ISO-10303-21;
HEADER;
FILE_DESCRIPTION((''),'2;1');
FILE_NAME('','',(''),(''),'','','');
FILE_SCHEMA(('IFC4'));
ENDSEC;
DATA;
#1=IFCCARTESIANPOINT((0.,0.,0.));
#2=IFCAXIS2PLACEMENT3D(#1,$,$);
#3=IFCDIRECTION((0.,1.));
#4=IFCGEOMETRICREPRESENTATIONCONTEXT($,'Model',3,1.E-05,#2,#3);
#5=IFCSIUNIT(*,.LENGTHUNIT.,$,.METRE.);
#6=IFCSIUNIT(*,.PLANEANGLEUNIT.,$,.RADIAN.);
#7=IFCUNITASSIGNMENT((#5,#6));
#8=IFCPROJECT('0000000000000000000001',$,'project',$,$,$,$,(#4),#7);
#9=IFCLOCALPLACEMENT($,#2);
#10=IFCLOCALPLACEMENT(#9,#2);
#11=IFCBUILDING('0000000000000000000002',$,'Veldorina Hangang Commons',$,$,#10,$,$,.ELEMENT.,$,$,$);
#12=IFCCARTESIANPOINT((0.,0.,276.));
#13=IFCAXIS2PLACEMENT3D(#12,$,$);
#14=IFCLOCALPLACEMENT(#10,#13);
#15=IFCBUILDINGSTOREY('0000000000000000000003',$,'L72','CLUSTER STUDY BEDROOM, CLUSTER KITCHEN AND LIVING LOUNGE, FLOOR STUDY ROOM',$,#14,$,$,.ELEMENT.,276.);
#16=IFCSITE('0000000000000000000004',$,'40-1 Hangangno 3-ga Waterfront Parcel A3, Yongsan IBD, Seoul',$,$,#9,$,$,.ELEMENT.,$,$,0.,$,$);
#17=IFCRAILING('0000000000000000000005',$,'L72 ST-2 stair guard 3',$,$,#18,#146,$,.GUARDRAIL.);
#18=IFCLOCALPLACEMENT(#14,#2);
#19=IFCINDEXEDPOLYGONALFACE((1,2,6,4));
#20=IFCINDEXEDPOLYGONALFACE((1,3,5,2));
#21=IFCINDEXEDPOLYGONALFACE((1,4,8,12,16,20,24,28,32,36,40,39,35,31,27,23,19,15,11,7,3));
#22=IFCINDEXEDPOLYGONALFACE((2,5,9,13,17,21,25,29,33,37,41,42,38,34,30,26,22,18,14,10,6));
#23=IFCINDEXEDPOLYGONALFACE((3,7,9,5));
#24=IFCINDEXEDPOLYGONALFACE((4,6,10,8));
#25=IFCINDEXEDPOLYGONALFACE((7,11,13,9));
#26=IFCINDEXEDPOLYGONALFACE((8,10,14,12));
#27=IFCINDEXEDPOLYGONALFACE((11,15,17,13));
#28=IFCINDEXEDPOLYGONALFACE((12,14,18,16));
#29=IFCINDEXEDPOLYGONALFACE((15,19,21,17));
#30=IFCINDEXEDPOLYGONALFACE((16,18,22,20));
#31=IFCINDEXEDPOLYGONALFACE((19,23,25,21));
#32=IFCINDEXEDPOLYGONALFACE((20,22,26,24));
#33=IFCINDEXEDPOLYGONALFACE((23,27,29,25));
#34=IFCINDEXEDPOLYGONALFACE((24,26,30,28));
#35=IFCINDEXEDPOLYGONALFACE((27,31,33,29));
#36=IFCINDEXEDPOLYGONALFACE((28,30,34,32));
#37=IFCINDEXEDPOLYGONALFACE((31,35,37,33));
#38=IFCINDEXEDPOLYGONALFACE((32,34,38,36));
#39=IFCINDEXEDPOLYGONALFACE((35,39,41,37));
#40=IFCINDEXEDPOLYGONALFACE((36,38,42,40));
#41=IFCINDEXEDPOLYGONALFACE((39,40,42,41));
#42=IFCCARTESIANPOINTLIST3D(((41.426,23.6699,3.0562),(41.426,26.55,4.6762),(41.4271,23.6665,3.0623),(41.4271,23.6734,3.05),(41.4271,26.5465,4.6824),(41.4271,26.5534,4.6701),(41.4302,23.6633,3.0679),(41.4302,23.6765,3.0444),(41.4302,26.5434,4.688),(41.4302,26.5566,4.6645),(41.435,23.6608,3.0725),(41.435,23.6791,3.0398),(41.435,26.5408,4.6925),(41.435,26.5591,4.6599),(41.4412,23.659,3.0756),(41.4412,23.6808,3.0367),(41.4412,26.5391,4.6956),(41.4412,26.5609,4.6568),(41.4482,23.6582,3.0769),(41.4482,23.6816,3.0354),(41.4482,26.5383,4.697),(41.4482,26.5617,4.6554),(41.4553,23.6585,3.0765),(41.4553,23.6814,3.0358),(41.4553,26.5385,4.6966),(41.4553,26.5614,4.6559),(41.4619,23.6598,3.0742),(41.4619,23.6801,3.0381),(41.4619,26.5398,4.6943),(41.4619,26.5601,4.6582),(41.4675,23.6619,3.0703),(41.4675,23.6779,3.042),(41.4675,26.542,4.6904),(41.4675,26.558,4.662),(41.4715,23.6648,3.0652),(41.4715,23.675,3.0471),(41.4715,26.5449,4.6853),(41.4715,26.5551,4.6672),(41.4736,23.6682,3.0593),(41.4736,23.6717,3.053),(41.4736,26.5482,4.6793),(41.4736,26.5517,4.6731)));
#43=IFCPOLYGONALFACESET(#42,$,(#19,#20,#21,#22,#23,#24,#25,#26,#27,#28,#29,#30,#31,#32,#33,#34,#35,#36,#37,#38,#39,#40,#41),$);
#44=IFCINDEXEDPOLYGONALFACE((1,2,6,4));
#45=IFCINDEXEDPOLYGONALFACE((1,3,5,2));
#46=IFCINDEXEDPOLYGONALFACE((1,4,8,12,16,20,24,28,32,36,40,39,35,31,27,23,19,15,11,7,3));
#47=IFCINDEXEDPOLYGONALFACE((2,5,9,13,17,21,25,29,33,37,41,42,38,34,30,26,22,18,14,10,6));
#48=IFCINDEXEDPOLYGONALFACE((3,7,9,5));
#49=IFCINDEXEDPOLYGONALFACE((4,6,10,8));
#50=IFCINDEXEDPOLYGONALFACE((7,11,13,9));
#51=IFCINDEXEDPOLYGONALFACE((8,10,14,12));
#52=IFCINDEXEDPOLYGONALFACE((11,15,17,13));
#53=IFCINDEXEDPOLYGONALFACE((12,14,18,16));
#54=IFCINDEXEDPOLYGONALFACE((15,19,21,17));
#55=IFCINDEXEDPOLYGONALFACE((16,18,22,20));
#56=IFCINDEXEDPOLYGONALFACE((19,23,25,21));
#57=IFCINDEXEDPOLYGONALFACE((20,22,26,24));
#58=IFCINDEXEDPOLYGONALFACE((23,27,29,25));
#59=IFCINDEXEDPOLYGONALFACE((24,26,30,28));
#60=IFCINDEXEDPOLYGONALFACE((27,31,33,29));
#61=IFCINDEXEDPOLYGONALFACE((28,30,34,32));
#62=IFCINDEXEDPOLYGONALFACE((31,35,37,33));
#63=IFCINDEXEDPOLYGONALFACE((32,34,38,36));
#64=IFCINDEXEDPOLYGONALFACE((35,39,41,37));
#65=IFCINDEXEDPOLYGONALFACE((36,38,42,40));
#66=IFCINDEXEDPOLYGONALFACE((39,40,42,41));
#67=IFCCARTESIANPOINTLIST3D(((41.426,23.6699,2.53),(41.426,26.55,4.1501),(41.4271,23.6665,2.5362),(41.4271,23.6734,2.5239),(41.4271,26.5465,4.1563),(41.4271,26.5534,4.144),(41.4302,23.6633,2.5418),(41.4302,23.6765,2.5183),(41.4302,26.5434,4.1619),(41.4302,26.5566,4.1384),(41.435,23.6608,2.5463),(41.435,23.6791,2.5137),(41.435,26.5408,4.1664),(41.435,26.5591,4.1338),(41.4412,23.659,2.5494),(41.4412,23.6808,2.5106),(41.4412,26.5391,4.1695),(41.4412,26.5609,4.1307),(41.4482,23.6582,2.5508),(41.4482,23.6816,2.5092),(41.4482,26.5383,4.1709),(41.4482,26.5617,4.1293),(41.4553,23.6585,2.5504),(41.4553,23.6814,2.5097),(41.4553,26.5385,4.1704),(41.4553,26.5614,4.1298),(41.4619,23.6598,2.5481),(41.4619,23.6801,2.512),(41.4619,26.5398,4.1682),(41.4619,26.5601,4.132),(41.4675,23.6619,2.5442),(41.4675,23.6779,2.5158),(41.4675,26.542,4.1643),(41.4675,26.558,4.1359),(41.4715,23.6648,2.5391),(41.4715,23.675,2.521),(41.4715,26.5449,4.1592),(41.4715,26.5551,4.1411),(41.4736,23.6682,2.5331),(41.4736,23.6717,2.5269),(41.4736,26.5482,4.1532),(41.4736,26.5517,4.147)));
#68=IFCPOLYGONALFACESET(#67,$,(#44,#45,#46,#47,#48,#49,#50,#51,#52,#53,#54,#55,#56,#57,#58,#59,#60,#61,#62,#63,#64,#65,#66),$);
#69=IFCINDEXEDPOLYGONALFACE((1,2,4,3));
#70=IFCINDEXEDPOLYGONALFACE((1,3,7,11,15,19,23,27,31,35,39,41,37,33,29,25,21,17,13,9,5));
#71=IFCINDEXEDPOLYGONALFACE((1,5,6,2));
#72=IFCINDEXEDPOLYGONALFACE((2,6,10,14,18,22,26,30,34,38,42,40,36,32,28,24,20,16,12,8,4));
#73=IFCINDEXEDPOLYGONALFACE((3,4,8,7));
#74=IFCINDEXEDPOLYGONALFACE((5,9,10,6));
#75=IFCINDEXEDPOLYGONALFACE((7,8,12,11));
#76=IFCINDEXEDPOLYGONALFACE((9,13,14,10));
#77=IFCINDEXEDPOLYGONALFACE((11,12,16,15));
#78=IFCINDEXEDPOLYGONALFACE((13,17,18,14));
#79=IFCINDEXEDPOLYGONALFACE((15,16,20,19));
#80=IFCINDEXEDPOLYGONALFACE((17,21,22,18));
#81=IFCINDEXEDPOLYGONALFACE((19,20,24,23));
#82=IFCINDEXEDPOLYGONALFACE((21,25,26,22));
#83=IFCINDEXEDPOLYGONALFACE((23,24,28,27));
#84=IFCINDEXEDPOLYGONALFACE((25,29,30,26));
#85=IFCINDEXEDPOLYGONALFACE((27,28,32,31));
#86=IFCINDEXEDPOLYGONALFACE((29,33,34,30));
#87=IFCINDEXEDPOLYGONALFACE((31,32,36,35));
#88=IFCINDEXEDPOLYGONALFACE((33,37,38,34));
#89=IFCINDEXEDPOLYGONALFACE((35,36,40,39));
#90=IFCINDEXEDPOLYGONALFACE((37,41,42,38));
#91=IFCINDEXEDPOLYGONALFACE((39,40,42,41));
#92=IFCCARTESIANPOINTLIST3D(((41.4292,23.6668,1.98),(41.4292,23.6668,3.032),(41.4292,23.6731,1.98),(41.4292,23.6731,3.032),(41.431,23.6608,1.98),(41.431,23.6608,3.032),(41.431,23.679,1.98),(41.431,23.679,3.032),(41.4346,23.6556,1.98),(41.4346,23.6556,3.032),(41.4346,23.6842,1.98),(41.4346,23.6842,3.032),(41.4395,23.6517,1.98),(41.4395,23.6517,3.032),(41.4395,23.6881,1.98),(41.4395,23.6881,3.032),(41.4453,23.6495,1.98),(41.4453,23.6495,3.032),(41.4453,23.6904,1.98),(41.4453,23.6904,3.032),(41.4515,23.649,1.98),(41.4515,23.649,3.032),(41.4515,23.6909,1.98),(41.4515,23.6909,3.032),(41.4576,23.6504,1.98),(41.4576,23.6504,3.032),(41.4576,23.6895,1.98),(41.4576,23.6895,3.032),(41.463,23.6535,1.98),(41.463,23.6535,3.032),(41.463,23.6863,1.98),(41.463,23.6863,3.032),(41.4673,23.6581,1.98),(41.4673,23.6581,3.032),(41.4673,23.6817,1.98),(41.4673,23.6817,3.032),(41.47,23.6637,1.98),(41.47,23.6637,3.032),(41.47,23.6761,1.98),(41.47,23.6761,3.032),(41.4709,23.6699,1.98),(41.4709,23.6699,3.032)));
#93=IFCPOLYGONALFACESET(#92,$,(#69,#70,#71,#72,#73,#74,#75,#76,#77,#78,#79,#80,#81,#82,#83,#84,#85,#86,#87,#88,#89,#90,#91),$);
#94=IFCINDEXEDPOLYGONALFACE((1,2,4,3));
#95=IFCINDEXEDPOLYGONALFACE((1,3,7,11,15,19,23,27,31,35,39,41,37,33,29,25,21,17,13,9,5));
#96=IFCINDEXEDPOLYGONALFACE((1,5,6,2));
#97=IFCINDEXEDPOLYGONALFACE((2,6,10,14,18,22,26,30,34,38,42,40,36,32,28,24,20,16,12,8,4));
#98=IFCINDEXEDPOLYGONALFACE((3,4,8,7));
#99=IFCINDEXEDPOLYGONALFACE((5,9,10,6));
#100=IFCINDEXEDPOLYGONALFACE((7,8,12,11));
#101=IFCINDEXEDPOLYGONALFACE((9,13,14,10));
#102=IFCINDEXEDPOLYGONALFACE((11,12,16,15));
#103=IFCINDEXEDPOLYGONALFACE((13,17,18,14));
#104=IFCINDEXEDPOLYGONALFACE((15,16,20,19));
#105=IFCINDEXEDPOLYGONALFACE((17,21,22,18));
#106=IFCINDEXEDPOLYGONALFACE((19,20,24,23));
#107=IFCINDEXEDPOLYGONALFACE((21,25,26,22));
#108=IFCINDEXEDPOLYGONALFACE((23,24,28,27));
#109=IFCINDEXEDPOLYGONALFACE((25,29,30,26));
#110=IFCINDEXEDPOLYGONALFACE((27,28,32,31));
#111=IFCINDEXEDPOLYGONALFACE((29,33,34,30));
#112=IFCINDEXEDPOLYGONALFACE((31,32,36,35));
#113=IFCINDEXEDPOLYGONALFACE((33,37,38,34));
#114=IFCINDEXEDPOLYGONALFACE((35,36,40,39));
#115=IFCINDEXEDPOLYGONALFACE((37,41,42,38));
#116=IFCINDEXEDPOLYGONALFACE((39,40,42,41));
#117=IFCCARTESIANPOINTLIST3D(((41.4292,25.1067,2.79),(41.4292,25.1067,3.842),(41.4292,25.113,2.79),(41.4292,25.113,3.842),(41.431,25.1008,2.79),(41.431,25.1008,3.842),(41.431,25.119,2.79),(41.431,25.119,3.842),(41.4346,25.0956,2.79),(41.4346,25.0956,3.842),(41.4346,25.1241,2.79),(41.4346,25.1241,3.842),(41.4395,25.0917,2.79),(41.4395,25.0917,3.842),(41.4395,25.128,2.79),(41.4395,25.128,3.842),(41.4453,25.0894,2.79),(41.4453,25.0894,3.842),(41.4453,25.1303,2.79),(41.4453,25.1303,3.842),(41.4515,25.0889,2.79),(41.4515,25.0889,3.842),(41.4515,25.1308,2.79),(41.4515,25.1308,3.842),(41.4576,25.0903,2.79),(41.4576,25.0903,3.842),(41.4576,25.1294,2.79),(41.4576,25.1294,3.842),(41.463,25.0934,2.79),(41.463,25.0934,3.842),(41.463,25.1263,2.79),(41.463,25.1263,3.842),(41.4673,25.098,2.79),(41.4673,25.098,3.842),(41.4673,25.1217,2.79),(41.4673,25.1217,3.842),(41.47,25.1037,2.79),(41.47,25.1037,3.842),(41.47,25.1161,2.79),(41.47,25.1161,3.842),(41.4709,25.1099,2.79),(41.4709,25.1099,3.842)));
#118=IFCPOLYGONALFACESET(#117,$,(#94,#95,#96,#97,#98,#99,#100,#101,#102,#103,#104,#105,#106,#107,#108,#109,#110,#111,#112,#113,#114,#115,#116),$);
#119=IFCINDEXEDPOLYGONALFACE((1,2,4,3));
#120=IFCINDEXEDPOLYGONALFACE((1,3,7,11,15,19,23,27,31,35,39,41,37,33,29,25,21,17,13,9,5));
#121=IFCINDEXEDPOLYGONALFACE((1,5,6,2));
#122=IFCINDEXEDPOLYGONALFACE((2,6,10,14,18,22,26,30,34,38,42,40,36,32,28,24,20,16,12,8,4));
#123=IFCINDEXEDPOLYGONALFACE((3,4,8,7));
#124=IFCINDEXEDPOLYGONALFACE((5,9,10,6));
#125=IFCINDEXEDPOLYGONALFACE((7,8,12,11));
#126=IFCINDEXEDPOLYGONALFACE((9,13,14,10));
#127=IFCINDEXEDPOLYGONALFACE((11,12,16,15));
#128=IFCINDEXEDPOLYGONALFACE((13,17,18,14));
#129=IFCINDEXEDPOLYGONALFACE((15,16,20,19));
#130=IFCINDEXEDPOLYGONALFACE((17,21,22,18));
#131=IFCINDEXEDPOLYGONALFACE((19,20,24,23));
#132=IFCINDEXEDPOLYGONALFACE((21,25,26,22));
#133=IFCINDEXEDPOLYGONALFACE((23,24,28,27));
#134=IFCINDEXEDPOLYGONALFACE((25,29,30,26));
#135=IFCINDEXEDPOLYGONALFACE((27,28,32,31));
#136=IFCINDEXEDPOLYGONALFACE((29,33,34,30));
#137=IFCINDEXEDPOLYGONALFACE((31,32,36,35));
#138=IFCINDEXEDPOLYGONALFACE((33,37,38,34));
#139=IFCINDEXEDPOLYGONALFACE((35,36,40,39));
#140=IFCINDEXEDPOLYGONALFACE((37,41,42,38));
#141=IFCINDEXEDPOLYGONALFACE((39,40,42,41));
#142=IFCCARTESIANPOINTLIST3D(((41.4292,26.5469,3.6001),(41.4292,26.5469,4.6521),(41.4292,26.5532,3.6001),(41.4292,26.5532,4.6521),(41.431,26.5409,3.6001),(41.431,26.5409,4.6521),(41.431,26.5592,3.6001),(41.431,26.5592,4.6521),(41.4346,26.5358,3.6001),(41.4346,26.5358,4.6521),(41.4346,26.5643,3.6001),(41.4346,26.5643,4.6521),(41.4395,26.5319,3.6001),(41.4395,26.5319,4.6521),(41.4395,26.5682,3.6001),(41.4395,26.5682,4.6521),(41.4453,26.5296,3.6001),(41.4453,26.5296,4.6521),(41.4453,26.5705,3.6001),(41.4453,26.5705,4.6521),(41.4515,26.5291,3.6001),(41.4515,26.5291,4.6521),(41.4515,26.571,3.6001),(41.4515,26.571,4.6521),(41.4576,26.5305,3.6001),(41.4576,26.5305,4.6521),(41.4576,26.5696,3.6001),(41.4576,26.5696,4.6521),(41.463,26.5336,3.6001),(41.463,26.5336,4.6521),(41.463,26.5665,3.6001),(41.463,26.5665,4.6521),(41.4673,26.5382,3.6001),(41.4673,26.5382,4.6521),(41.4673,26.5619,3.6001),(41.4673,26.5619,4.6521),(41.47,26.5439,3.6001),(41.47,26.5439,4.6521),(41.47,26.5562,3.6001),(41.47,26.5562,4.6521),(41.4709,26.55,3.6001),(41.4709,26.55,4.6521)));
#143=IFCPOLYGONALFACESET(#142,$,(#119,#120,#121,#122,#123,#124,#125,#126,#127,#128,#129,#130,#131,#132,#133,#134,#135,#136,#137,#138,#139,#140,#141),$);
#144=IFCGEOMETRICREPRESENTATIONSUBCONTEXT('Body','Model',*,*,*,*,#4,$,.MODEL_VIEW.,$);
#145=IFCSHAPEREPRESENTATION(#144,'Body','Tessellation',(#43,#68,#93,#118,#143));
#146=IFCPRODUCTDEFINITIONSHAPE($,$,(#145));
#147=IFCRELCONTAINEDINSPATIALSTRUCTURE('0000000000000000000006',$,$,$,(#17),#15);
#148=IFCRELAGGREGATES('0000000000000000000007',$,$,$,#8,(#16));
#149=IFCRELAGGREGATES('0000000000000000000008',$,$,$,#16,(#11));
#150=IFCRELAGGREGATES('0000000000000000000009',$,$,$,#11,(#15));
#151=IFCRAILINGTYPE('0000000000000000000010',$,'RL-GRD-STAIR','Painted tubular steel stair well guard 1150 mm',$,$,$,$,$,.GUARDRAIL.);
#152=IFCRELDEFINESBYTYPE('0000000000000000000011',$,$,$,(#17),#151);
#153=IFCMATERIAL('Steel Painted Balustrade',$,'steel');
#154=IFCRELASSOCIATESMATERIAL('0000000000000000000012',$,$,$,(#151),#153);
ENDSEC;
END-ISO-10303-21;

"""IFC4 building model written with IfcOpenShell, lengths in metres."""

from ifc_helpers import new_model, si_unit, direction, frame, origin, origin_2d, place, context, subcontext, project, spatial, circle, extrude, material, type_object, element, save


model = new_model("IFC4")

# Units and contexts
model_context = context("Model", 3, precision=1e-05, world=origin(), true_north=direction((0.0, 1.0)))
body_context = subcontext(model_context, "Body", "Model", "MODEL_VIEW")
ifc_project = project(units=[si_unit("LENGTHUNIT", "METRE"), si_unit("PLANEANGLEUNIT", "RADIAN")], contexts=[model_context])

# Site, building, storey
site_placement = place(None, origin())
site = spatial("IfcSite", under=ifc_project, at=site_placement, Name="40-1 Hangangno 3-ga Waterfront Parcel A3, Yongsan IBD, Seoul", CompositionType="ELEMENT", RefElevation=0.0)
building_placement = place(site_placement, origin())
building = spatial("IfcBuilding", under=site, at=building_placement, Name="Veldorina Hangang Commons", CompositionType="ELEMENT")
storey_placement = place(building_placement, frame((0.0, 0.0, 276.0)))
storey = spatial("IfcBuildingStorey", under=building, at=storey_placement, Name="L72", Description="CLUSTER STUDY BEDROOM, CLUSTER KITCHEN AND LIVING LOUNGE, FLOOR STUDY ROOM", CompositionType="ELEMENT", Elevation=276.0)

# Railing
ifc_material_1 = material(Name="Steel Painted Balustrade", Category="steel")
railing_type_1 = type_object("IfcRailingType", Name="RL-GRD-STAIR", Description="Painted tubular steel stair well guard 1150 mm", PredefinedType="GUARDRAIL", material=ifc_material_1)
railing_1_placement = place(storey_placement, frame((41.45, 23.6699, 1.98)))
element("IfcRailing", 1, at=railing_1_placement, inside=storey, type_object=railing_type_1, Name="L72 ST-2 stair guard 3", PredefinedType="GUARDRAIL", context=body_context, shape_type="SweptSolid", body=[
    extrude(circle(Radius=0.0239, at=origin_2d()), frame((0.0, 0.0, 1.0762), z_axis=(0.0, 0.87157, 0.490272), x_axis=(-1.0, 0.0, 0.0)), (0.0, 0.0, 1.0), 3.3044),
    extrude(circle(Radius=0.0239, at=origin_2d()), frame((0.0, 0.0, 0.55), z_axis=(0.0, 0.87157, 0.490272), x_axis=(-1.0, 0.0, 0.0)), (0.0, 0.0, 1.0), 3.3044),
    extrude(circle(Radius=0.021, at=origin_2d()), origin(), (0.0, 0.0, 1.0), 1.052),
    extrude(circle(Radius=0.021, at=origin_2d()), frame((0.0, 1.4399, 0.8101)), (0.0, 0.0, 1.0), 1.052),
    extrude(circle(Radius=0.021, at=origin_2d()), frame((0.0, 2.8801, 1.6201)), (0.0, 0.0, 1.0), 1.052),
])

save(model, "model.ifc")
